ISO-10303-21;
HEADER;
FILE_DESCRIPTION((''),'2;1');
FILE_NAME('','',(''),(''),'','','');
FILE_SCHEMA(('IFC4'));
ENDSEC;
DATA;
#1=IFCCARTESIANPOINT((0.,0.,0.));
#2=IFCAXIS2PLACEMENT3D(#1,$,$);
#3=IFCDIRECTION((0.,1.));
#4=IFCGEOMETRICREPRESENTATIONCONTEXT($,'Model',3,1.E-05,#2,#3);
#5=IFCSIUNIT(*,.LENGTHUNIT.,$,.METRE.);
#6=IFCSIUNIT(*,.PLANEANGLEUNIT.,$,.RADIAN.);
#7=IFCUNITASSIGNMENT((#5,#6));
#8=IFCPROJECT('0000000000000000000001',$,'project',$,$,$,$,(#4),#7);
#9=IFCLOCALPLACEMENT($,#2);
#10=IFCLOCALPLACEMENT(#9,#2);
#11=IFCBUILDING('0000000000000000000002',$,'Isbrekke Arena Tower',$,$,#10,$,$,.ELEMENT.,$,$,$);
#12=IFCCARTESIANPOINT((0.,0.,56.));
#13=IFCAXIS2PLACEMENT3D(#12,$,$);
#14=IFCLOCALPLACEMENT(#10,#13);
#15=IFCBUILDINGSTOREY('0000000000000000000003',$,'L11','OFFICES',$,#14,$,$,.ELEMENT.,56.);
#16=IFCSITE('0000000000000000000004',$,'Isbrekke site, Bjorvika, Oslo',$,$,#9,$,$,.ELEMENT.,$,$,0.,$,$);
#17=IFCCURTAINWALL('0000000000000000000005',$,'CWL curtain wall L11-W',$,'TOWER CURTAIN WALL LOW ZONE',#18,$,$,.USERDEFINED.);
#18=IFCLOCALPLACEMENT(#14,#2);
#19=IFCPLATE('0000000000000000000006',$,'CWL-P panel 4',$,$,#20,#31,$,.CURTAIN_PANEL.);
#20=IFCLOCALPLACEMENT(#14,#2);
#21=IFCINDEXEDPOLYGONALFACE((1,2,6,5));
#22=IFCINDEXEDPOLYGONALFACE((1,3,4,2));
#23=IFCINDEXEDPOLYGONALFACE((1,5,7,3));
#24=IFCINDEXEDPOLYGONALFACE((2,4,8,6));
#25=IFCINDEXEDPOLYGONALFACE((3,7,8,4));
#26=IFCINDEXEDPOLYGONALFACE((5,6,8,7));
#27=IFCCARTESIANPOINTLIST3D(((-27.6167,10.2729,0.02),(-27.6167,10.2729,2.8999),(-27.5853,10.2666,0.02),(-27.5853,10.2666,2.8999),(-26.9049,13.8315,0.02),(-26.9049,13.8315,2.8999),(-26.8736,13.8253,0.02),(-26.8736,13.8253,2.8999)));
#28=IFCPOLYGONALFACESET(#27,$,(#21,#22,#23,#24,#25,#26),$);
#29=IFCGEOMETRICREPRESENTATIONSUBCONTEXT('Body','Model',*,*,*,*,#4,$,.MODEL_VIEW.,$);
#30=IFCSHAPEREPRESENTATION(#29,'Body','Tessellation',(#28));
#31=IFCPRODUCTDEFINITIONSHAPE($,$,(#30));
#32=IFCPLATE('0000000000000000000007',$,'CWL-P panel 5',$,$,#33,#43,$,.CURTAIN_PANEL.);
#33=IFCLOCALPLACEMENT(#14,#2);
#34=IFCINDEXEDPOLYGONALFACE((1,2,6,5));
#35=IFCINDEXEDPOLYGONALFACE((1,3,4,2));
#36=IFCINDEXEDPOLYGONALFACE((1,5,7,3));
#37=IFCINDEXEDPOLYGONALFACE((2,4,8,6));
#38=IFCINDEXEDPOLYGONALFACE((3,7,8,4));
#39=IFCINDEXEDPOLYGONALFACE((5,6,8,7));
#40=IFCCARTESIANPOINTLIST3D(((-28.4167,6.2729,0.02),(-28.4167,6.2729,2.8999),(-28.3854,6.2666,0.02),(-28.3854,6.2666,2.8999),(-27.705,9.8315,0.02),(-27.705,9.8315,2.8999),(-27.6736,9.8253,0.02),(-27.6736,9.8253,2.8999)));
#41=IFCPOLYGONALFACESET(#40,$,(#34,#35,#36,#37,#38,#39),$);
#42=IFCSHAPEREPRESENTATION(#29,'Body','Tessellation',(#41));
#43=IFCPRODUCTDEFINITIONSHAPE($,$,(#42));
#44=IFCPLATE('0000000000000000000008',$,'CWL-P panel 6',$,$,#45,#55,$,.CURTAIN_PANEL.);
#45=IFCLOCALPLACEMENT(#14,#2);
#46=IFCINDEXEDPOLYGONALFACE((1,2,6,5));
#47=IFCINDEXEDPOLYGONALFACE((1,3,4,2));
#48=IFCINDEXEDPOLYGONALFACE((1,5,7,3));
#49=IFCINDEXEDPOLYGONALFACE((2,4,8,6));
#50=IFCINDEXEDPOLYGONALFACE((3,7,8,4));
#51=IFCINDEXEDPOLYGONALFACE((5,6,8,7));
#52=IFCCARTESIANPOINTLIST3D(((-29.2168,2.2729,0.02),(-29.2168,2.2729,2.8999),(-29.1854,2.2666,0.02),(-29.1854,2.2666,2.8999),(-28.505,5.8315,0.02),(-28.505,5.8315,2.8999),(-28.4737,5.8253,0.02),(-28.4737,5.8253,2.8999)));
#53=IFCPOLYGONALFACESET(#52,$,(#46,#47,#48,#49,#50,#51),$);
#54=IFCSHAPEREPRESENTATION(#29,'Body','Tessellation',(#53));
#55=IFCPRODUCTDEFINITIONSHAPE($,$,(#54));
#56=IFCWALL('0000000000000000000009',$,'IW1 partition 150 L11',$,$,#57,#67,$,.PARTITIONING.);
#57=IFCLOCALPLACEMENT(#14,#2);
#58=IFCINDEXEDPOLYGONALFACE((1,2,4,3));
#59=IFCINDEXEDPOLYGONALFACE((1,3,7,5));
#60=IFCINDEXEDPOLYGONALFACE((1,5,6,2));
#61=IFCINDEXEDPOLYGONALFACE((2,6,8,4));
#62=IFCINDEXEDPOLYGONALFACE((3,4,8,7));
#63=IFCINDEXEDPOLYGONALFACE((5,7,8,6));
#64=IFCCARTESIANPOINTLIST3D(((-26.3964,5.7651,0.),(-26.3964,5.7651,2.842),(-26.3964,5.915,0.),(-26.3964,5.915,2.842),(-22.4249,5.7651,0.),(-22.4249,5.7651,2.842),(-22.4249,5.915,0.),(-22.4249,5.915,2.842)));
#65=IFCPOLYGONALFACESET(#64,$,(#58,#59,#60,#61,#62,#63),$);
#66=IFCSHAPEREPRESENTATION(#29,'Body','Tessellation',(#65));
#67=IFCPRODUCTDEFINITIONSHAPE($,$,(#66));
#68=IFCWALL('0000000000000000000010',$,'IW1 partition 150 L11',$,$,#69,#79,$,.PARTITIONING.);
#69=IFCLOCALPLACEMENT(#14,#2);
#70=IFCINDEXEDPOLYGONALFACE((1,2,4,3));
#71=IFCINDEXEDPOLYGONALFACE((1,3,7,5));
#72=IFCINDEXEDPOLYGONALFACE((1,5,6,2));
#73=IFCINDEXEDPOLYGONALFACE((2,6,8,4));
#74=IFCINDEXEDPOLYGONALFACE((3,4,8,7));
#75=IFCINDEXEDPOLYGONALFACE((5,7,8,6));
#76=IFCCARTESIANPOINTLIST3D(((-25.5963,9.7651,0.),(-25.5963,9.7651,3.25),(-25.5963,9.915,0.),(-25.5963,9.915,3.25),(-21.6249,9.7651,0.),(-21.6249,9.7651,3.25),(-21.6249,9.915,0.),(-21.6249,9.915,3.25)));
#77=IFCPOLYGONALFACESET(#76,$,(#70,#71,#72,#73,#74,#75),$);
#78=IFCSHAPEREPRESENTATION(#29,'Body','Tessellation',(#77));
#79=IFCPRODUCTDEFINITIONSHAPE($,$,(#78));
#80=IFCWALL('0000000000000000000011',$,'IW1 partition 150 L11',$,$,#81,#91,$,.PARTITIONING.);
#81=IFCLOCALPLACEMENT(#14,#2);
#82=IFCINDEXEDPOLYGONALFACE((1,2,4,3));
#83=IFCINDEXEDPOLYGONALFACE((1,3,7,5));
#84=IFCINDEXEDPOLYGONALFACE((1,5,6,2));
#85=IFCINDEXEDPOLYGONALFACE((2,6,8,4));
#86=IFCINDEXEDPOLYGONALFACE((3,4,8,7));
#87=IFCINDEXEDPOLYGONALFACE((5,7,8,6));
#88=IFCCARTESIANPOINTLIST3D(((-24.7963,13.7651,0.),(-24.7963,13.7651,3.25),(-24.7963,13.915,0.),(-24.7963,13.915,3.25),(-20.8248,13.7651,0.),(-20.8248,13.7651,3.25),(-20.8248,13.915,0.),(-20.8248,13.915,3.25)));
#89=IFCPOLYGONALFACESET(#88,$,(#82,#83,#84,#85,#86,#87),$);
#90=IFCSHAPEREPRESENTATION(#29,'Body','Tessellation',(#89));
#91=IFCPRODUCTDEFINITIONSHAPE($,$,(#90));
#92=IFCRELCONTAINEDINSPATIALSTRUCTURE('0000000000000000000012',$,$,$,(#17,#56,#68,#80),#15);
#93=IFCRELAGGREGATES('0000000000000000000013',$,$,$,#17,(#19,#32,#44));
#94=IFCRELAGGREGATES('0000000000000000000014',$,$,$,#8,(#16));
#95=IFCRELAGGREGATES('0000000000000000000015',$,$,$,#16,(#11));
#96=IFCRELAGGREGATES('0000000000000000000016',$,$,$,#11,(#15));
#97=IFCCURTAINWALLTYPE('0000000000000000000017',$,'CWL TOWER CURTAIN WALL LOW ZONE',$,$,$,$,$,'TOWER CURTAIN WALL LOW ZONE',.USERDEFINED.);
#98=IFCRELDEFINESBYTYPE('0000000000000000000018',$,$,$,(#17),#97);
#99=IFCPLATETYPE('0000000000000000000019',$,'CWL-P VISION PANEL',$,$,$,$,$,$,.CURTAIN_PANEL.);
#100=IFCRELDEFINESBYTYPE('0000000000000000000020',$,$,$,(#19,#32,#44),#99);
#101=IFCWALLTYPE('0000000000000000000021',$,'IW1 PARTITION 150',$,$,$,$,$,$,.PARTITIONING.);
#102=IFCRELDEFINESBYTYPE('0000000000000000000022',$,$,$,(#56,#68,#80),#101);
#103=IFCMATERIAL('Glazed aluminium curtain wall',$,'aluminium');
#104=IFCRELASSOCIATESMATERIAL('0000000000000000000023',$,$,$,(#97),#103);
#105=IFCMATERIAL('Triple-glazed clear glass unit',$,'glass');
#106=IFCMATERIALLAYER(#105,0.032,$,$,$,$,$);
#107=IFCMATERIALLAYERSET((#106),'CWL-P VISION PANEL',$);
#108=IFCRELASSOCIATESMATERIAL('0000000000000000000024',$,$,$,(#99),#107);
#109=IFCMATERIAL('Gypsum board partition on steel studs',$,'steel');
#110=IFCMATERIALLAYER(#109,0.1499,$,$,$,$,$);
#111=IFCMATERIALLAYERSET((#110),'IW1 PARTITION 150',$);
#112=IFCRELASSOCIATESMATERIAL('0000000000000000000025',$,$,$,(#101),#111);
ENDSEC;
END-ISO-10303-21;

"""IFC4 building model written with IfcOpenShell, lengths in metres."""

from ifc_helpers import new_model, si_unit, direction, frame, frame_2d, origin, origin_2d, place, context, subcontext, project, spatial, rectangle, extrude, material, layer, layer_set, type_object, element, aggregate, save


model = new_model("IFC4")

# Units and contexts
model_context = context("Model", 3, precision=1e-05, world=origin(), true_north=direction((0.0, 1.0)))
body_context = subcontext(model_context, "Body", "Model", "MODEL_VIEW")
ifc_project = project(units=[si_unit("LENGTHUNIT", "METRE"), si_unit("PLANEANGLEUNIT", "RADIAN")], contexts=[model_context])

# Site, building, storey
site_placement = place(None, origin())
site = spatial("IfcSite", under=ifc_project, at=site_placement, Name="Isbrekke site, Bjorvika, Oslo", CompositionType="ELEMENT", RefElevation=0.0)
building_placement = place(site_placement, origin())
building = spatial("IfcBuilding", under=site, at=building_placement, Name="Isbrekke Arena Tower", CompositionType="ELEMENT")
storey_placement = place(building_placement, frame((0.0, 0.0, 56.0)))
storey = spatial("IfcBuildingStorey", under=building, at=storey_placement, Name="L11", Description="OFFICES", CompositionType="ELEMENT", Elevation=56.0)

# Curtain wall
ifc_material_1 = material(Name="Glazed aluminium curtain wall", Category="aluminium")
curtain_wall_type = type_object("IfcCurtainWallType", Name="CWL TOWER CURTAIN WALL LOW ZONE", ElementType="TOWER CURTAIN WALL LOW ZONE", PredefinedType="USERDEFINED", material=ifc_material_1)
curtain_wall_placement = place(storey_placement, origin())
curtain_wall = element("IfcCurtainWall", 1, at=curtain_wall_placement, inside=storey, type_object=curtain_wall_type, Name="CWL curtain wall L11-W", ObjectType="TOWER CURTAIN WALL LOW ZONE", PredefinedType="USERDEFINED")

# Plates
ifc_material_2 = material(Name="Triple-glazed clear glass unit", Category="glass")
ifc_layer_1 = layer(ifc_material_2, 0.032)
ifc_layer_set_1 = layer_set([ifc_layer_1], Name="CWL-P VISION PANEL")
plate_type = type_object("IfcPlateType", Name="CWL-P VISION PANEL", PredefinedType="CURTAIN_PANEL", material=ifc_layer_set_1)
plate_1_placement = place(storey_placement, frame((-27.2451, 12.0491, 0.02), z_axis=(0.0, 0.0, 1.0), x_axis=(-0.196116, -0.980581, 0.0)))
plate_1 = element("IfcPlate", 2, at=plate_1_placement, type_object=plate_type, Name="CWL-P panel 4", PredefinedType="CURTAIN_PANEL", context=body_context, shape_type="SweptSolid", body=[
    extrude(rectangle(XDim=3.6292, YDim=0.032, at=origin_2d()), origin(), (0.0, 0.0, 1.0), 2.8799),
])
plate_2_placement = place(storey_placement, frame((-28.0452, 8.0491, 0.02), z_axis=(0.0, 0.0, 1.0), x_axis=(-0.196116, -0.980581, 0.0)))
plate_2 = element("IfcPlate", 3, at=plate_2_placement, type_object=plate_type, Name="CWL-P panel 5", PredefinedType="CURTAIN_PANEL", context=body_context, shape_type="SweptSolid", body=[
    extrude(rectangle(XDim=3.6292, YDim=0.032, at=origin_2d()), origin(), (0.0, 0.0, 1.0), 2.8799),
])
plate_3_placement = place(storey_placement, frame((-28.8452, 4.0491, 0.02), z_axis=(0.0, 0.0, 1.0), x_axis=(-0.196116, -0.980581, 0.0)))
plate_3 = element("IfcPlate", 4, at=plate_3_placement, type_object=plate_type, Name="CWL-P panel 6", PredefinedType="CURTAIN_PANEL", context=body_context, shape_type="SweptSolid", body=[
    extrude(rectangle(XDim=3.6292, YDim=0.032, at=origin_2d()), origin(), (0.0, 0.0, 1.0), 2.8799),
])
aggregate(curtain_wall, [plate_1, plate_2, plate_3])

# Walls
ifc_material_3 = material(Name="Gypsum board partition on steel studs", Category="steel")
ifc_layer_2 = layer(ifc_material_3, 0.1499)
ifc_layer_set_2 = layer_set([ifc_layer_2], Name="IW1 PARTITION 150")
wall_type = type_object("IfcWallType", Name="IW1 PARTITION 150", PredefinedType="PARTITIONING", material=ifc_layer_set_2)
wall_placement = place(storey_placement, frame((-26.3965, 5.8401, 0.0), z_axis=(0.0, 0.0, 1.0), x_axis=(1.0, 0.0, 0.0)))
element("IfcWall", 5, at=wall_placement, inside=storey, type_object=wall_type, Name="IW1 partition 150 L11", PredefinedType="PARTITIONING", context=body_context, shape_type="SweptSolid", body=[
    extrude(rectangle(XDim=3.9714, YDim=0.1499, at=frame_2d((1.9858, 0.0))), origin(), (0.0, 0.0, 1.0), 2.842),
])
for number, where, z_axis, x_axis, name in (
    (6, (-25.5964, 9.8401, 0.0), (0.0, 0.0, 1.0), (1.0, 0.0, 0.0), "IW1 partition 150 L11"),
    (7, (-24.7964, 13.8401, 0.0), (0.0, 0.0, 1.0), (1.0, 0.0, 0.0), "IW1 partition 150 L11"),
):
    element("IfcWall", number, at=place(storey_placement, frame(where, z_axis=z_axis, x_axis=x_axis)), inside=storey, type_object=wall_type, Name=name, PredefinedType="PARTITIONING", context=body_context, shape_type="SweptSolid", body=[
        extrude(rectangle(XDim=3.9714, YDim=0.1499, at=frame_2d((1.9858, 0.0))), origin(), (0.0, 0.0, 1.0), 3.25),
    ])

save(model, "model.ifc")
